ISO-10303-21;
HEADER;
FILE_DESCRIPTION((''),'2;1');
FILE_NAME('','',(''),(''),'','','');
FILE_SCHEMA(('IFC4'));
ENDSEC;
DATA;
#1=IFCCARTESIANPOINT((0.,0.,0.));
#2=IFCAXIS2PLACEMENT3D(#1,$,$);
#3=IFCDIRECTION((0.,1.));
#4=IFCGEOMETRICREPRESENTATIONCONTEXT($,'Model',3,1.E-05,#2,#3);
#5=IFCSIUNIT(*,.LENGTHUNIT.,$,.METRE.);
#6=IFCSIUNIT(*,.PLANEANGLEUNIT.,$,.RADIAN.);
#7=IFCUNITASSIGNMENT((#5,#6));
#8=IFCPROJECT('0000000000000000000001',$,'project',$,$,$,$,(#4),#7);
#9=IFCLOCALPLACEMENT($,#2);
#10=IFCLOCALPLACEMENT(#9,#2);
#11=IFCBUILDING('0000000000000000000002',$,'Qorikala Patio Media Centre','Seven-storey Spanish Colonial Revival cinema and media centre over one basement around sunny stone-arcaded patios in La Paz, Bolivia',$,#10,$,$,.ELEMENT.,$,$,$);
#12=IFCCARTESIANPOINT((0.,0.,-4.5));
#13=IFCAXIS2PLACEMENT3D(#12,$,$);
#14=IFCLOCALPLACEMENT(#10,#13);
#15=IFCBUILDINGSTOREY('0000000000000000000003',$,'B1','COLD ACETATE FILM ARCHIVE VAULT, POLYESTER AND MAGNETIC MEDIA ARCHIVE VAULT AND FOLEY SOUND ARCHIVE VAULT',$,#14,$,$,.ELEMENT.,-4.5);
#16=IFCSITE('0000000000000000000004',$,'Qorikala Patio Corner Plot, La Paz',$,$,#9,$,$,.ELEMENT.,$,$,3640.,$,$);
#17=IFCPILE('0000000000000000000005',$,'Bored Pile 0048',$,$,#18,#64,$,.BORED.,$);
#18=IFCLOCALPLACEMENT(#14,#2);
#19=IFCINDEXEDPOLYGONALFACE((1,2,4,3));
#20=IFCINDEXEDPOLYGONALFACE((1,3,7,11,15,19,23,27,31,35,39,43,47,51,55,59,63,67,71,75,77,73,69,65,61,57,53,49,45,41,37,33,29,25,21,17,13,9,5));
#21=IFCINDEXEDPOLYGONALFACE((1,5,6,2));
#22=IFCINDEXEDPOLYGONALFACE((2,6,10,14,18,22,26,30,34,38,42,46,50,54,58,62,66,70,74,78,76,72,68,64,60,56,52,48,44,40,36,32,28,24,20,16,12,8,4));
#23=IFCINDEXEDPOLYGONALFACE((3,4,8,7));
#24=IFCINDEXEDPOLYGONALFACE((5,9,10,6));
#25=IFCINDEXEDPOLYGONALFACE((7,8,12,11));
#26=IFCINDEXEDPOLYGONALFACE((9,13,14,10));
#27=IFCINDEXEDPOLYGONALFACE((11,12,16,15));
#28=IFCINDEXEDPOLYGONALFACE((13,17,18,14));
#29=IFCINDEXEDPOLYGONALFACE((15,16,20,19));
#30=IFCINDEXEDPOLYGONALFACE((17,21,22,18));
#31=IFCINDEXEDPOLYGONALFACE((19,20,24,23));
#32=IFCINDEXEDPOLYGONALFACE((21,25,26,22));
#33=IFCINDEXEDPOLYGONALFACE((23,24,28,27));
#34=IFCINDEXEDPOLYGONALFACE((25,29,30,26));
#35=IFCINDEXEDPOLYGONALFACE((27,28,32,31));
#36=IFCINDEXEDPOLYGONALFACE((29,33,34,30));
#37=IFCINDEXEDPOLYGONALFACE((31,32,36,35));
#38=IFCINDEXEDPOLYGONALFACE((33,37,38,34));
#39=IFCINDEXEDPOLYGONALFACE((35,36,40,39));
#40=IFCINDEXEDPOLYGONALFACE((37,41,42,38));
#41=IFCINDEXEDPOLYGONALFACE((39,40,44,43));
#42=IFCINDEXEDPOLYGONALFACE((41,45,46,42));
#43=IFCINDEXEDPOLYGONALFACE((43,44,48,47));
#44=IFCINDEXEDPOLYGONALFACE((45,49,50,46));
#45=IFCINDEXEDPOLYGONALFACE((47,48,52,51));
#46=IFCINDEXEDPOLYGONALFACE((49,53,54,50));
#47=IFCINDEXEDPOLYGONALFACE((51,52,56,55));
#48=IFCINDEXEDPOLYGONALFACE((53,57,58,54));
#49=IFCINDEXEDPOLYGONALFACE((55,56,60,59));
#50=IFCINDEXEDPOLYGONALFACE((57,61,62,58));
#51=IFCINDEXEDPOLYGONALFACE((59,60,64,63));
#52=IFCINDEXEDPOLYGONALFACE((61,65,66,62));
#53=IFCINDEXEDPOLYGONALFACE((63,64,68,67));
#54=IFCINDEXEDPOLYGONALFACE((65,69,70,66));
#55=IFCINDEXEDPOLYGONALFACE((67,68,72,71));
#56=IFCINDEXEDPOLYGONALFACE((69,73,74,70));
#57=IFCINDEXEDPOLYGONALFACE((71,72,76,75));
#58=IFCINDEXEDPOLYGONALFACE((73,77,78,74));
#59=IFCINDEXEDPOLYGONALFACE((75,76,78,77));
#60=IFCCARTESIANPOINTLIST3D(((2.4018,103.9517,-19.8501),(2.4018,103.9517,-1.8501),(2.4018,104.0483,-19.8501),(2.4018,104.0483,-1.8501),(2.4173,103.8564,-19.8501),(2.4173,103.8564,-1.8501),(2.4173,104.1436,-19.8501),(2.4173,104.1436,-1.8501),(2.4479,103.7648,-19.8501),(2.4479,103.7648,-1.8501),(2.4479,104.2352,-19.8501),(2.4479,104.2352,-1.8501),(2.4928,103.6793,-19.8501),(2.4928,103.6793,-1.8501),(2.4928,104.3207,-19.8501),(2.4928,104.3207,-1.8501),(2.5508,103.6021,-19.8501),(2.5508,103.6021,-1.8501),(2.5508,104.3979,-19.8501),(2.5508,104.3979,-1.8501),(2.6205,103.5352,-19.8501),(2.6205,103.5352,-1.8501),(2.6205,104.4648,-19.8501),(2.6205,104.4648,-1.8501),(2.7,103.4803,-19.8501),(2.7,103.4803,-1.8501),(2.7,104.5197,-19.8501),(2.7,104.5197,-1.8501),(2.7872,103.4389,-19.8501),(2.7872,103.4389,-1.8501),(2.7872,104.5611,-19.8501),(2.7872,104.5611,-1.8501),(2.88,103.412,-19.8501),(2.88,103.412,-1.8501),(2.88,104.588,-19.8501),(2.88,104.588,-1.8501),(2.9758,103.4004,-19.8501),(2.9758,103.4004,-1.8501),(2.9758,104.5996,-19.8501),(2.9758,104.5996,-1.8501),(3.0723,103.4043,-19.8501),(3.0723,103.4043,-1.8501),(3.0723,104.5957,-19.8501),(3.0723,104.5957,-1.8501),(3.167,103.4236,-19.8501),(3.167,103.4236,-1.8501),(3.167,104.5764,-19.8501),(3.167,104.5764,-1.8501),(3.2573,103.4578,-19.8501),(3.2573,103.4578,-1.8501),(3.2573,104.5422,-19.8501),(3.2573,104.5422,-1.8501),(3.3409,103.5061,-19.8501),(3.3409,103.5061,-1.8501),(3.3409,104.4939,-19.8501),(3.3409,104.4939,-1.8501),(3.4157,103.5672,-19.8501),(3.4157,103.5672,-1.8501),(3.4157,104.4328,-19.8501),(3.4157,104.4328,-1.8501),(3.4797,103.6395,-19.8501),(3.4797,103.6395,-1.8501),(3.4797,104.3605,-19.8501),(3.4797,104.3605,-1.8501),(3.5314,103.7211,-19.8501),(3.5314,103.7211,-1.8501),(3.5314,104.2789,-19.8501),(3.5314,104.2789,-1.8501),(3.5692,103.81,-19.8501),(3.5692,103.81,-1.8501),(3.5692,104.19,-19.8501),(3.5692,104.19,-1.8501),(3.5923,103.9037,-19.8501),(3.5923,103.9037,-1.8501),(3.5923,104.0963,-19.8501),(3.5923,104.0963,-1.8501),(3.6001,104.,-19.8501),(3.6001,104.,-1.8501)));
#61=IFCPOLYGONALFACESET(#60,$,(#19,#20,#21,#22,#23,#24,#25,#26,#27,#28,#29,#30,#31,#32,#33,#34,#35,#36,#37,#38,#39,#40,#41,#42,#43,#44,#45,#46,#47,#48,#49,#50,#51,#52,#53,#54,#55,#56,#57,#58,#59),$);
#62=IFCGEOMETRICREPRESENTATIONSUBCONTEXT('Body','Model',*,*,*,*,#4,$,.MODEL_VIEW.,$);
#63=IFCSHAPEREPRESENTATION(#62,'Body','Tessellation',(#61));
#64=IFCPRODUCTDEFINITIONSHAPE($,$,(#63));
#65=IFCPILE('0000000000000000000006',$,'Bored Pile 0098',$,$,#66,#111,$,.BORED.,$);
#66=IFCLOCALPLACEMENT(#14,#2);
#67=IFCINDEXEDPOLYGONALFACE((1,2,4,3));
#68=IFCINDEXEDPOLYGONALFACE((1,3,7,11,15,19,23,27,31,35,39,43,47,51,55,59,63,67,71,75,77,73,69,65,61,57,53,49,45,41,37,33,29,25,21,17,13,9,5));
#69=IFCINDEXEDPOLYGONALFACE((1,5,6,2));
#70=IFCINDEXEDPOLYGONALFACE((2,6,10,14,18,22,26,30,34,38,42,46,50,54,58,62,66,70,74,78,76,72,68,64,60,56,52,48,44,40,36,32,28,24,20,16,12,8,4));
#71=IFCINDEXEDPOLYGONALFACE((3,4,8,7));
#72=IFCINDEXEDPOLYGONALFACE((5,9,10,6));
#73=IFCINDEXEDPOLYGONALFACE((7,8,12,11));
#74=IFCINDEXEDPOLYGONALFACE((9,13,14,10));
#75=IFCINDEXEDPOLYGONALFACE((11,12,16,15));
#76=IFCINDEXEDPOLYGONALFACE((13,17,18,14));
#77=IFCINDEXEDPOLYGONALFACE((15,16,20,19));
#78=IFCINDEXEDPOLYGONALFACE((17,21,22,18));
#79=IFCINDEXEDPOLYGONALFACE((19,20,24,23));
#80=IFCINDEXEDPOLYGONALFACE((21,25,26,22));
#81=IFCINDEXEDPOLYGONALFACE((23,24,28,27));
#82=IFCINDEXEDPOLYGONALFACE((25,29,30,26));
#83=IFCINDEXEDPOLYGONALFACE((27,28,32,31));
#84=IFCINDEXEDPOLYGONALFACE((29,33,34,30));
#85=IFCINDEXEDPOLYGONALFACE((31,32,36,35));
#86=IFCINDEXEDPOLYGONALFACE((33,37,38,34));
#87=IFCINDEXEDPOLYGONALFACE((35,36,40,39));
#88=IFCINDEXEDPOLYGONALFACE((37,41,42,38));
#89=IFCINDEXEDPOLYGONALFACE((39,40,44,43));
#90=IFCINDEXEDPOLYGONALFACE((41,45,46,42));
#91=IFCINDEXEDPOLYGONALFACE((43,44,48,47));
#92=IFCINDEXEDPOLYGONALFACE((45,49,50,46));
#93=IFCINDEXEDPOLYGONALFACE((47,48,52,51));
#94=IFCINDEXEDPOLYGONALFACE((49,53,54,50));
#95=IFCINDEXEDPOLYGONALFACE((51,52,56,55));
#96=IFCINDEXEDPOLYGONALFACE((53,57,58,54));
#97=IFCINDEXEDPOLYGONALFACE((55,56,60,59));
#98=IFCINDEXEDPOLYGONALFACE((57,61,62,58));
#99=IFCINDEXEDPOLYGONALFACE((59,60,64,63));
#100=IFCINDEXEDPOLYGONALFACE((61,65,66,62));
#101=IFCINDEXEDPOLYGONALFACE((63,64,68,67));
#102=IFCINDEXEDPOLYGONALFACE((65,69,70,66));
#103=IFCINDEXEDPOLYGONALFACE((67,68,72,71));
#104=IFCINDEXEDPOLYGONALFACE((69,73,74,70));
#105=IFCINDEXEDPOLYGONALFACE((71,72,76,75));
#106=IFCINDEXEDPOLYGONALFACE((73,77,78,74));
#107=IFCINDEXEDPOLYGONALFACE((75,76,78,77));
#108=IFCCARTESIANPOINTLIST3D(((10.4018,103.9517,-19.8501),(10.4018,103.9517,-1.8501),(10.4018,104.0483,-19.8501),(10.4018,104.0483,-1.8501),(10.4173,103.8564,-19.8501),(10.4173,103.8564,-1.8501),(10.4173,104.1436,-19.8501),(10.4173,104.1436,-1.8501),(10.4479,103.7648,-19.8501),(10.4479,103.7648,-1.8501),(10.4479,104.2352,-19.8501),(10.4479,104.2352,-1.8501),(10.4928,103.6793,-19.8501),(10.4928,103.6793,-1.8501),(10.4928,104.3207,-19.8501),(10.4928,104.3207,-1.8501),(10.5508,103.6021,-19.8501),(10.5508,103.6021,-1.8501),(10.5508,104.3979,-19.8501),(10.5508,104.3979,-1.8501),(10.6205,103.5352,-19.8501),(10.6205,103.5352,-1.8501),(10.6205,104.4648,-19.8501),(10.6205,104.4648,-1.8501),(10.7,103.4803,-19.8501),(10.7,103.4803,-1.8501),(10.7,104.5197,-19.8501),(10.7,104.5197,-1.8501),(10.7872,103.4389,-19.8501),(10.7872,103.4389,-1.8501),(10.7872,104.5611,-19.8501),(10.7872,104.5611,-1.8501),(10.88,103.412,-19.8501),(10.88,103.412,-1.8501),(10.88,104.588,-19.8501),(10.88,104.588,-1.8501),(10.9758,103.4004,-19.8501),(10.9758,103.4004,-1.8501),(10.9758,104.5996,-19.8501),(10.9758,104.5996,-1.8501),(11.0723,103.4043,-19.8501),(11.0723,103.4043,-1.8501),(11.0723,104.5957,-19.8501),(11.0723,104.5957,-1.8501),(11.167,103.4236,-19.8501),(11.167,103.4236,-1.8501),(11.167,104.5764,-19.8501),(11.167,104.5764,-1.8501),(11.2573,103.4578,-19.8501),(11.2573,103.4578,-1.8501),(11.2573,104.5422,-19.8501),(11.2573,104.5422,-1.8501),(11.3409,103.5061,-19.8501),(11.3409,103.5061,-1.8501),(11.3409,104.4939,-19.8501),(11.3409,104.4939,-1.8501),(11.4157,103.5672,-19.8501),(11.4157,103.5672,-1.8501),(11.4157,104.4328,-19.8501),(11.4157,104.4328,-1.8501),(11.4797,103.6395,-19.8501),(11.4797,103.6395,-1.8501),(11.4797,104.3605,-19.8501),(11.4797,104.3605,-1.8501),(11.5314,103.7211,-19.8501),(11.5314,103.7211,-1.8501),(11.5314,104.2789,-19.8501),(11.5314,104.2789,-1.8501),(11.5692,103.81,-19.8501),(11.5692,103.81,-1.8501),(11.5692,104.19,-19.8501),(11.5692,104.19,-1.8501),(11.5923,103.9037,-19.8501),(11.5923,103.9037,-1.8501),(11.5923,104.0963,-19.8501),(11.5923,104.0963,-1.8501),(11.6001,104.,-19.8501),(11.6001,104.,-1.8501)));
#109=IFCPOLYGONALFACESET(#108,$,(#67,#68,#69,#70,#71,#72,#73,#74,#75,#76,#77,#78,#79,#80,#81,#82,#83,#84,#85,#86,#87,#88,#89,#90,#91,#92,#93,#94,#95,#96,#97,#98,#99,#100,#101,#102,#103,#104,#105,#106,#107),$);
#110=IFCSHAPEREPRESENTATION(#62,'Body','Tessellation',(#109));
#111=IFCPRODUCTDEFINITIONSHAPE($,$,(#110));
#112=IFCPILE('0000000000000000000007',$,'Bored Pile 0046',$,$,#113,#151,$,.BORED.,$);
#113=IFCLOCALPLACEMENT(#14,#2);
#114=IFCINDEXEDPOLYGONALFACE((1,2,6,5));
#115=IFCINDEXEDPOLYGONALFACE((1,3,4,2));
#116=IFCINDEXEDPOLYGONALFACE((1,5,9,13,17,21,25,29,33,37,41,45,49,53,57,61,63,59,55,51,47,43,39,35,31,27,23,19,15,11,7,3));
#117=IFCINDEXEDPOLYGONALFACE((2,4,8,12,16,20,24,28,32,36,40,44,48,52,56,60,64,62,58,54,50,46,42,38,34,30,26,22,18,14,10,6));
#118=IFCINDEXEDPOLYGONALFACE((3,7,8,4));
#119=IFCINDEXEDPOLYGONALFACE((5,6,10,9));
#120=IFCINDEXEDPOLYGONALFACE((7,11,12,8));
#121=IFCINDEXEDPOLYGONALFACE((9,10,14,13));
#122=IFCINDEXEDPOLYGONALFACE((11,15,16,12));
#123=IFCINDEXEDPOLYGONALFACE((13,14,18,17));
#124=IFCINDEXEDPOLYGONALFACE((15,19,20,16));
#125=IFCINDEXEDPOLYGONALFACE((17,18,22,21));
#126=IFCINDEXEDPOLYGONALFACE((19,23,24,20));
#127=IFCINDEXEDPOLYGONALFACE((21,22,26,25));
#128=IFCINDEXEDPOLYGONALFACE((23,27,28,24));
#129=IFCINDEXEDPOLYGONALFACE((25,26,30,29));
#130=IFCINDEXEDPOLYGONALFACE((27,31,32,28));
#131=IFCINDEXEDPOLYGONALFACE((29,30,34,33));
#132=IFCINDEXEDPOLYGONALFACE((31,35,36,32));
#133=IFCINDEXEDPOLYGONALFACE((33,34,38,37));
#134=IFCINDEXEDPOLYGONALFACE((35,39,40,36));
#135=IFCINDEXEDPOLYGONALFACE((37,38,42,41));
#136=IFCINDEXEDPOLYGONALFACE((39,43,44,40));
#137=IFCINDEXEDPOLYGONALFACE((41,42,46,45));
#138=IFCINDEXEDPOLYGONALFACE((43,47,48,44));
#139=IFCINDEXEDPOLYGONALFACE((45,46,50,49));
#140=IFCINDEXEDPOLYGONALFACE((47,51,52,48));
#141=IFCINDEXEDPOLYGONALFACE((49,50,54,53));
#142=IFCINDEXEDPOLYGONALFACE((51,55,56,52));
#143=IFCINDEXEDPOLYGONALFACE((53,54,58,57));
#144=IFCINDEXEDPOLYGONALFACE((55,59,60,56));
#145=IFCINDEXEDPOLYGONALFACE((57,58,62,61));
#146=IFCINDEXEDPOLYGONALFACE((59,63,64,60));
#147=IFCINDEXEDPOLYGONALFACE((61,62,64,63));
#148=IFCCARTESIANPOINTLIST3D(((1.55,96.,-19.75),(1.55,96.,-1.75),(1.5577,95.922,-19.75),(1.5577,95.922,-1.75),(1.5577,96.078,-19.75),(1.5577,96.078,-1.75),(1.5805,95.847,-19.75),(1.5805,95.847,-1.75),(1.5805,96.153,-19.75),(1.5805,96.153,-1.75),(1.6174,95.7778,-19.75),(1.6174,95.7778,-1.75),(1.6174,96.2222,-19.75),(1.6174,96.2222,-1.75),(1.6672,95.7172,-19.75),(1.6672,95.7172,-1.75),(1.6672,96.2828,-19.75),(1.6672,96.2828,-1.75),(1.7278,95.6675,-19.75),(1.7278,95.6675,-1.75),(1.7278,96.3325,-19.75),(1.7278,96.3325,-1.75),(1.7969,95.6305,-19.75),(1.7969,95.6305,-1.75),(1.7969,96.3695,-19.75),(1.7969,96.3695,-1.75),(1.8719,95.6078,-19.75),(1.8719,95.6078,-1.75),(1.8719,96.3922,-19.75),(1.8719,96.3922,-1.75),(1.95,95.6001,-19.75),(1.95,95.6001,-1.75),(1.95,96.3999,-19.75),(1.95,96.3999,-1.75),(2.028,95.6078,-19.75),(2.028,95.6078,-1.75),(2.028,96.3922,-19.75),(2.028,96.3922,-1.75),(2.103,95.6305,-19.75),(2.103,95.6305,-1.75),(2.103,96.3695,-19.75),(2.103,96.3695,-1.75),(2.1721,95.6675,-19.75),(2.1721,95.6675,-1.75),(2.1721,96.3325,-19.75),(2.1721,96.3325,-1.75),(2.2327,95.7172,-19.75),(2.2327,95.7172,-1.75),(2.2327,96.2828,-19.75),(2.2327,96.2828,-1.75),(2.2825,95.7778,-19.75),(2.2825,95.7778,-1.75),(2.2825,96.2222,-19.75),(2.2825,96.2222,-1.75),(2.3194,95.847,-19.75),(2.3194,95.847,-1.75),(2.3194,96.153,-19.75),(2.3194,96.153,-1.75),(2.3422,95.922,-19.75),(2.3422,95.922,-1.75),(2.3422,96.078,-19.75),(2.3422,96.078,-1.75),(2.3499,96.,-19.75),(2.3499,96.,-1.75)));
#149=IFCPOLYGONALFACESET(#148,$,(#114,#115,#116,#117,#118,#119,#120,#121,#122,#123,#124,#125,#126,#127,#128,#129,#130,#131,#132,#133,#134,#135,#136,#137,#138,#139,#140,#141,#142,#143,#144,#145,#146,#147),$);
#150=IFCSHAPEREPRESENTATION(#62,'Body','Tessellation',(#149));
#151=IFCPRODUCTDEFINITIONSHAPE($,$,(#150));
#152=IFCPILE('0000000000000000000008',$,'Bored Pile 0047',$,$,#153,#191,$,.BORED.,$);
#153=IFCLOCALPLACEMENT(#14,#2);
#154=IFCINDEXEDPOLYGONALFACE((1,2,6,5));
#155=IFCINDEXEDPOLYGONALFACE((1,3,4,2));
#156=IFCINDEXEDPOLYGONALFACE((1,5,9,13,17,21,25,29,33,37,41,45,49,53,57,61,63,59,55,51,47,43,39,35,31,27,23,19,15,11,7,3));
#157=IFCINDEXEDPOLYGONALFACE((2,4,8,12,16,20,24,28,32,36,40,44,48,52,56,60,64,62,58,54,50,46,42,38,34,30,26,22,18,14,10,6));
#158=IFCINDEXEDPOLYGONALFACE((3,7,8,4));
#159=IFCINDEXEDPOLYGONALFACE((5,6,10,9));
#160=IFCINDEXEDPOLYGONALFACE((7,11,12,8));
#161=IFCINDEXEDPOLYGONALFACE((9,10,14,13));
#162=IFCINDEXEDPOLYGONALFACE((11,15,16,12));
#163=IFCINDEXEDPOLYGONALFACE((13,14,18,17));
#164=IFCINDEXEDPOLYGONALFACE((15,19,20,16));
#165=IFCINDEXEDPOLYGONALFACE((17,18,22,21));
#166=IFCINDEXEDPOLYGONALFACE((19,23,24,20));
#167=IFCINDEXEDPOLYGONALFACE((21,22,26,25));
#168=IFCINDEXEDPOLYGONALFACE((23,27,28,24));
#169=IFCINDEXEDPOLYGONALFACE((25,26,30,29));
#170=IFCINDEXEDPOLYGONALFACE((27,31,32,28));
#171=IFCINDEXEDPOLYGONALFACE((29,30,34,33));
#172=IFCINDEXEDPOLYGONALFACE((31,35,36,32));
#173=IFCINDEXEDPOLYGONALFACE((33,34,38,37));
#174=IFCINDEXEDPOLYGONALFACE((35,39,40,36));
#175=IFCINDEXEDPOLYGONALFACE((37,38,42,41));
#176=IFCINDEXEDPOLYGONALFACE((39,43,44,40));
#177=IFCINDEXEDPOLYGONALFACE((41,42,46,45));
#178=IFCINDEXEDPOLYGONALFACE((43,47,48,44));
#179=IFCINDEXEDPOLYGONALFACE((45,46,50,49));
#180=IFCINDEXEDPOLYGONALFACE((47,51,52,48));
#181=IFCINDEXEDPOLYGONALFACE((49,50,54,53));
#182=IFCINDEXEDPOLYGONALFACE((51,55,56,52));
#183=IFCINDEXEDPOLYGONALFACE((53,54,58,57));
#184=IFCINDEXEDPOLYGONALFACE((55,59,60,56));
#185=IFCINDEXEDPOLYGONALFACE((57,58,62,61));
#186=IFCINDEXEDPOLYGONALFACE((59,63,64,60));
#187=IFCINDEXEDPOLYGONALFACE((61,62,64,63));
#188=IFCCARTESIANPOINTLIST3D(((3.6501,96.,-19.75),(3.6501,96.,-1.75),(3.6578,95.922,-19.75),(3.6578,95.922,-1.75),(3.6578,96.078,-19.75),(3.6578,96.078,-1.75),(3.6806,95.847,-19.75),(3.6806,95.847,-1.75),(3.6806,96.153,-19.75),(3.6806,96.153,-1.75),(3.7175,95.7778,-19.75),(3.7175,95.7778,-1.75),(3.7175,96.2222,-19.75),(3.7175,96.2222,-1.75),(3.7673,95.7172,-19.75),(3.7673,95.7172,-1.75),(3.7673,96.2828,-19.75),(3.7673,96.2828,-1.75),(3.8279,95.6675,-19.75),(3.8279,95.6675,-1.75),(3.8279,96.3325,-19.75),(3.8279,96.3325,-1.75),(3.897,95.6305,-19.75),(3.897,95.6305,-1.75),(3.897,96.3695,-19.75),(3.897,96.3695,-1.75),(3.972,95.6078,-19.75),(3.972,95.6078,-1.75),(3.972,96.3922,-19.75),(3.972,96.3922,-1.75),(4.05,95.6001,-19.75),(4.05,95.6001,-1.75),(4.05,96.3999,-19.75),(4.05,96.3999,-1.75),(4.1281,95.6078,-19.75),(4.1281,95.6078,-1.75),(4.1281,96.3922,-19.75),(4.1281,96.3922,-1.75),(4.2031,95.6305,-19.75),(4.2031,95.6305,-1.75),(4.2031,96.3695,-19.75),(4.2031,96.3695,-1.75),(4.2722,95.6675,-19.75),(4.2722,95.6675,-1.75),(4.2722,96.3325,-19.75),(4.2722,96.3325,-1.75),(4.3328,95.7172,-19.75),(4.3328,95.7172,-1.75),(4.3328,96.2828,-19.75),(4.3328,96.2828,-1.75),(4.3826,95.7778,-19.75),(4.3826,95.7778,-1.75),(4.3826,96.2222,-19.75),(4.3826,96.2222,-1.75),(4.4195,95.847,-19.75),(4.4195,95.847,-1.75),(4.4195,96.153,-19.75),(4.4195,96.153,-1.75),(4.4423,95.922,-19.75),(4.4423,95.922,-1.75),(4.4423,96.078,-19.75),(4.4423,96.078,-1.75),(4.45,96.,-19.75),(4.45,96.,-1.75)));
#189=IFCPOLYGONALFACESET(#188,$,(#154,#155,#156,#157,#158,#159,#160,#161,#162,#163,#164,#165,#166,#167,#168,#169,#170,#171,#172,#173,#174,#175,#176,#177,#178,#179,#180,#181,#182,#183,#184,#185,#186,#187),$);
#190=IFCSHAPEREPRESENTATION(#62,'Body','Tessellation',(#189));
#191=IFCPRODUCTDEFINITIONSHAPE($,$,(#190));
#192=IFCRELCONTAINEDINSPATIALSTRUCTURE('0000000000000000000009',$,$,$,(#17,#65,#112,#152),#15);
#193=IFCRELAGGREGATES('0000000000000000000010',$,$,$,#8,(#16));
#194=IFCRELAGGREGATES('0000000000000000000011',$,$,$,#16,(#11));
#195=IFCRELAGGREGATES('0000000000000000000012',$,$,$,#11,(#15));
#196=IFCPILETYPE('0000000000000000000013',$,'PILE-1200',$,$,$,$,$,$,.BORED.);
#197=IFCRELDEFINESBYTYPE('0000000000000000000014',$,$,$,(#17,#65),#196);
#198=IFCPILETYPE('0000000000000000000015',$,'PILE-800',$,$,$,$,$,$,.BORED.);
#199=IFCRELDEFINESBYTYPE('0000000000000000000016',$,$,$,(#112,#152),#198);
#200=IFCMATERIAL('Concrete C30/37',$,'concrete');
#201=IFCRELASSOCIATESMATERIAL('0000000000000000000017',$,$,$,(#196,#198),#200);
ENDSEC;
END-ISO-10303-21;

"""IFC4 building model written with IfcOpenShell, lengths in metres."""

from ifc_helpers import new_model, si_unit, direction, frame, origin, origin_2d, place, context, subcontext, project, spatial, circle, extrude, material, material_profile, profile_set, type_object, element, save


model = new_model("IFC4")

# Units and contexts
model_context = context("Model", 3, precision=1e-05, world=origin(), true_north=direction((0.0, 1.0)))
body_context = subcontext(model_context, "Body", "Model", "MODEL_VIEW")
ifc_project = project(units=[si_unit("LENGTHUNIT", "METRE"), si_unit("PLANEANGLEUNIT", "RADIAN")], contexts=[model_context])

# Site, building, storey
site_placement = place(None, origin())
site = spatial("IfcSite", under=ifc_project, at=site_placement, Name="Qorikala Patio Corner Plot, La Paz", CompositionType="ELEMENT", RefElevation=3640.0)
building_placement = place(site_placement, origin())
building = spatial("IfcBuilding", under=site, at=building_placement, Name="Qorikala Patio Media Centre", Description="Seven-storey Spanish Colonial Revival cinema and media centre over one basement around sunny stone-arcaded patios in La Paz, Bolivia", CompositionType="ELEMENT")
storey_placement = place(building_placement, frame((0.0, 0.0, -4.5)))
storey = spatial("IfcBuildingStorey", under=building, at=storey_placement, Name="B1", Description="COLD ACETATE FILM ARCHIVE VAULT, POLYESTER AND MAGNETIC MEDIA ARCHIVE VAULT AND FOLEY SOUND ARCHIVE VAULT", CompositionType="ELEMENT", Elevation=-4.5)

# Shared definitions
ifc_material_1 = material(Name="Concrete C30/37", Category="concrete")

# Piles
ifc_material_profile_1 = material_profile(ifc_material_1, circle(Radius=0.6001, at=origin_2d()), Name="BORED PILE 1200")
ifc_profile_set_1 = profile_set([ifc_material_profile_1], Name="Concrete C30/37")
pile_type_1 = type_object("IfcPileType", Name="PILE-1200", PredefinedType="BORED", material=ifc_profile_set_1)
for number, where, z_axis, x_axis, name in (
    (1, (3.0, 104.0, -1.8501), (0.0, 0.0, -1.0), (1.0, 0.0, 0.0), "Bored Pile 0048"),
    (2, (11.0, 104.0, -1.8501), (0.0, 0.0, -1.0), (1.0, 0.0, 0.0), "Bored Pile 0098"),
):
    element("IfcPile", number, at=place(storey_placement, frame(where, z_axis=z_axis, x_axis=x_axis)), inside=storey, type_object=pile_type_1, Name=name, PredefinedType="BORED", context=body_context, shape_type="SweptSolid", body=[
        extrude(circle(Radius=0.6001, at=origin_2d()), origin(), (0.0, 0.0, 1.0), 18.0),
    ])
ifc_material_profile_2 = material_profile(ifc_material_1, circle(Radius=0.3999, at=origin_2d()), Name="BORED PILE 800")
ifc_profile_set_2 = profile_set([ifc_material_profile_2], Name="Concrete C30/37")
pile_type_2 = type_object("IfcPileType", Name="PILE-800", PredefinedType="BORED", material=ifc_profile_set_2)
for number, where, z_axis, x_axis, name in (
    (3, (1.95, 96.0, -1.75), (0.0, 0.0, -1.0), (1.0, 0.0, 0.0), "Bored Pile 0046"),
    (4, (4.05, 96.0, -1.75), (0.0, 0.0, -1.0), (1.0, 0.0, 0.0), "Bored Pile 0047"),
):
    element("IfcPile", number, at=place(storey_placement, frame(where, z_axis=z_axis, x_axis=x_axis)), inside=storey, type_object=pile_type_2, Name=name, PredefinedType="BORED", context=body_context, shape_type="SweptSolid", body=[
        extrude(circle(Radius=0.3999, at=origin_2d()), origin(), (0.0, 0.0, 1.0), 18.0),
    ])

save(model, "model.ifc")
